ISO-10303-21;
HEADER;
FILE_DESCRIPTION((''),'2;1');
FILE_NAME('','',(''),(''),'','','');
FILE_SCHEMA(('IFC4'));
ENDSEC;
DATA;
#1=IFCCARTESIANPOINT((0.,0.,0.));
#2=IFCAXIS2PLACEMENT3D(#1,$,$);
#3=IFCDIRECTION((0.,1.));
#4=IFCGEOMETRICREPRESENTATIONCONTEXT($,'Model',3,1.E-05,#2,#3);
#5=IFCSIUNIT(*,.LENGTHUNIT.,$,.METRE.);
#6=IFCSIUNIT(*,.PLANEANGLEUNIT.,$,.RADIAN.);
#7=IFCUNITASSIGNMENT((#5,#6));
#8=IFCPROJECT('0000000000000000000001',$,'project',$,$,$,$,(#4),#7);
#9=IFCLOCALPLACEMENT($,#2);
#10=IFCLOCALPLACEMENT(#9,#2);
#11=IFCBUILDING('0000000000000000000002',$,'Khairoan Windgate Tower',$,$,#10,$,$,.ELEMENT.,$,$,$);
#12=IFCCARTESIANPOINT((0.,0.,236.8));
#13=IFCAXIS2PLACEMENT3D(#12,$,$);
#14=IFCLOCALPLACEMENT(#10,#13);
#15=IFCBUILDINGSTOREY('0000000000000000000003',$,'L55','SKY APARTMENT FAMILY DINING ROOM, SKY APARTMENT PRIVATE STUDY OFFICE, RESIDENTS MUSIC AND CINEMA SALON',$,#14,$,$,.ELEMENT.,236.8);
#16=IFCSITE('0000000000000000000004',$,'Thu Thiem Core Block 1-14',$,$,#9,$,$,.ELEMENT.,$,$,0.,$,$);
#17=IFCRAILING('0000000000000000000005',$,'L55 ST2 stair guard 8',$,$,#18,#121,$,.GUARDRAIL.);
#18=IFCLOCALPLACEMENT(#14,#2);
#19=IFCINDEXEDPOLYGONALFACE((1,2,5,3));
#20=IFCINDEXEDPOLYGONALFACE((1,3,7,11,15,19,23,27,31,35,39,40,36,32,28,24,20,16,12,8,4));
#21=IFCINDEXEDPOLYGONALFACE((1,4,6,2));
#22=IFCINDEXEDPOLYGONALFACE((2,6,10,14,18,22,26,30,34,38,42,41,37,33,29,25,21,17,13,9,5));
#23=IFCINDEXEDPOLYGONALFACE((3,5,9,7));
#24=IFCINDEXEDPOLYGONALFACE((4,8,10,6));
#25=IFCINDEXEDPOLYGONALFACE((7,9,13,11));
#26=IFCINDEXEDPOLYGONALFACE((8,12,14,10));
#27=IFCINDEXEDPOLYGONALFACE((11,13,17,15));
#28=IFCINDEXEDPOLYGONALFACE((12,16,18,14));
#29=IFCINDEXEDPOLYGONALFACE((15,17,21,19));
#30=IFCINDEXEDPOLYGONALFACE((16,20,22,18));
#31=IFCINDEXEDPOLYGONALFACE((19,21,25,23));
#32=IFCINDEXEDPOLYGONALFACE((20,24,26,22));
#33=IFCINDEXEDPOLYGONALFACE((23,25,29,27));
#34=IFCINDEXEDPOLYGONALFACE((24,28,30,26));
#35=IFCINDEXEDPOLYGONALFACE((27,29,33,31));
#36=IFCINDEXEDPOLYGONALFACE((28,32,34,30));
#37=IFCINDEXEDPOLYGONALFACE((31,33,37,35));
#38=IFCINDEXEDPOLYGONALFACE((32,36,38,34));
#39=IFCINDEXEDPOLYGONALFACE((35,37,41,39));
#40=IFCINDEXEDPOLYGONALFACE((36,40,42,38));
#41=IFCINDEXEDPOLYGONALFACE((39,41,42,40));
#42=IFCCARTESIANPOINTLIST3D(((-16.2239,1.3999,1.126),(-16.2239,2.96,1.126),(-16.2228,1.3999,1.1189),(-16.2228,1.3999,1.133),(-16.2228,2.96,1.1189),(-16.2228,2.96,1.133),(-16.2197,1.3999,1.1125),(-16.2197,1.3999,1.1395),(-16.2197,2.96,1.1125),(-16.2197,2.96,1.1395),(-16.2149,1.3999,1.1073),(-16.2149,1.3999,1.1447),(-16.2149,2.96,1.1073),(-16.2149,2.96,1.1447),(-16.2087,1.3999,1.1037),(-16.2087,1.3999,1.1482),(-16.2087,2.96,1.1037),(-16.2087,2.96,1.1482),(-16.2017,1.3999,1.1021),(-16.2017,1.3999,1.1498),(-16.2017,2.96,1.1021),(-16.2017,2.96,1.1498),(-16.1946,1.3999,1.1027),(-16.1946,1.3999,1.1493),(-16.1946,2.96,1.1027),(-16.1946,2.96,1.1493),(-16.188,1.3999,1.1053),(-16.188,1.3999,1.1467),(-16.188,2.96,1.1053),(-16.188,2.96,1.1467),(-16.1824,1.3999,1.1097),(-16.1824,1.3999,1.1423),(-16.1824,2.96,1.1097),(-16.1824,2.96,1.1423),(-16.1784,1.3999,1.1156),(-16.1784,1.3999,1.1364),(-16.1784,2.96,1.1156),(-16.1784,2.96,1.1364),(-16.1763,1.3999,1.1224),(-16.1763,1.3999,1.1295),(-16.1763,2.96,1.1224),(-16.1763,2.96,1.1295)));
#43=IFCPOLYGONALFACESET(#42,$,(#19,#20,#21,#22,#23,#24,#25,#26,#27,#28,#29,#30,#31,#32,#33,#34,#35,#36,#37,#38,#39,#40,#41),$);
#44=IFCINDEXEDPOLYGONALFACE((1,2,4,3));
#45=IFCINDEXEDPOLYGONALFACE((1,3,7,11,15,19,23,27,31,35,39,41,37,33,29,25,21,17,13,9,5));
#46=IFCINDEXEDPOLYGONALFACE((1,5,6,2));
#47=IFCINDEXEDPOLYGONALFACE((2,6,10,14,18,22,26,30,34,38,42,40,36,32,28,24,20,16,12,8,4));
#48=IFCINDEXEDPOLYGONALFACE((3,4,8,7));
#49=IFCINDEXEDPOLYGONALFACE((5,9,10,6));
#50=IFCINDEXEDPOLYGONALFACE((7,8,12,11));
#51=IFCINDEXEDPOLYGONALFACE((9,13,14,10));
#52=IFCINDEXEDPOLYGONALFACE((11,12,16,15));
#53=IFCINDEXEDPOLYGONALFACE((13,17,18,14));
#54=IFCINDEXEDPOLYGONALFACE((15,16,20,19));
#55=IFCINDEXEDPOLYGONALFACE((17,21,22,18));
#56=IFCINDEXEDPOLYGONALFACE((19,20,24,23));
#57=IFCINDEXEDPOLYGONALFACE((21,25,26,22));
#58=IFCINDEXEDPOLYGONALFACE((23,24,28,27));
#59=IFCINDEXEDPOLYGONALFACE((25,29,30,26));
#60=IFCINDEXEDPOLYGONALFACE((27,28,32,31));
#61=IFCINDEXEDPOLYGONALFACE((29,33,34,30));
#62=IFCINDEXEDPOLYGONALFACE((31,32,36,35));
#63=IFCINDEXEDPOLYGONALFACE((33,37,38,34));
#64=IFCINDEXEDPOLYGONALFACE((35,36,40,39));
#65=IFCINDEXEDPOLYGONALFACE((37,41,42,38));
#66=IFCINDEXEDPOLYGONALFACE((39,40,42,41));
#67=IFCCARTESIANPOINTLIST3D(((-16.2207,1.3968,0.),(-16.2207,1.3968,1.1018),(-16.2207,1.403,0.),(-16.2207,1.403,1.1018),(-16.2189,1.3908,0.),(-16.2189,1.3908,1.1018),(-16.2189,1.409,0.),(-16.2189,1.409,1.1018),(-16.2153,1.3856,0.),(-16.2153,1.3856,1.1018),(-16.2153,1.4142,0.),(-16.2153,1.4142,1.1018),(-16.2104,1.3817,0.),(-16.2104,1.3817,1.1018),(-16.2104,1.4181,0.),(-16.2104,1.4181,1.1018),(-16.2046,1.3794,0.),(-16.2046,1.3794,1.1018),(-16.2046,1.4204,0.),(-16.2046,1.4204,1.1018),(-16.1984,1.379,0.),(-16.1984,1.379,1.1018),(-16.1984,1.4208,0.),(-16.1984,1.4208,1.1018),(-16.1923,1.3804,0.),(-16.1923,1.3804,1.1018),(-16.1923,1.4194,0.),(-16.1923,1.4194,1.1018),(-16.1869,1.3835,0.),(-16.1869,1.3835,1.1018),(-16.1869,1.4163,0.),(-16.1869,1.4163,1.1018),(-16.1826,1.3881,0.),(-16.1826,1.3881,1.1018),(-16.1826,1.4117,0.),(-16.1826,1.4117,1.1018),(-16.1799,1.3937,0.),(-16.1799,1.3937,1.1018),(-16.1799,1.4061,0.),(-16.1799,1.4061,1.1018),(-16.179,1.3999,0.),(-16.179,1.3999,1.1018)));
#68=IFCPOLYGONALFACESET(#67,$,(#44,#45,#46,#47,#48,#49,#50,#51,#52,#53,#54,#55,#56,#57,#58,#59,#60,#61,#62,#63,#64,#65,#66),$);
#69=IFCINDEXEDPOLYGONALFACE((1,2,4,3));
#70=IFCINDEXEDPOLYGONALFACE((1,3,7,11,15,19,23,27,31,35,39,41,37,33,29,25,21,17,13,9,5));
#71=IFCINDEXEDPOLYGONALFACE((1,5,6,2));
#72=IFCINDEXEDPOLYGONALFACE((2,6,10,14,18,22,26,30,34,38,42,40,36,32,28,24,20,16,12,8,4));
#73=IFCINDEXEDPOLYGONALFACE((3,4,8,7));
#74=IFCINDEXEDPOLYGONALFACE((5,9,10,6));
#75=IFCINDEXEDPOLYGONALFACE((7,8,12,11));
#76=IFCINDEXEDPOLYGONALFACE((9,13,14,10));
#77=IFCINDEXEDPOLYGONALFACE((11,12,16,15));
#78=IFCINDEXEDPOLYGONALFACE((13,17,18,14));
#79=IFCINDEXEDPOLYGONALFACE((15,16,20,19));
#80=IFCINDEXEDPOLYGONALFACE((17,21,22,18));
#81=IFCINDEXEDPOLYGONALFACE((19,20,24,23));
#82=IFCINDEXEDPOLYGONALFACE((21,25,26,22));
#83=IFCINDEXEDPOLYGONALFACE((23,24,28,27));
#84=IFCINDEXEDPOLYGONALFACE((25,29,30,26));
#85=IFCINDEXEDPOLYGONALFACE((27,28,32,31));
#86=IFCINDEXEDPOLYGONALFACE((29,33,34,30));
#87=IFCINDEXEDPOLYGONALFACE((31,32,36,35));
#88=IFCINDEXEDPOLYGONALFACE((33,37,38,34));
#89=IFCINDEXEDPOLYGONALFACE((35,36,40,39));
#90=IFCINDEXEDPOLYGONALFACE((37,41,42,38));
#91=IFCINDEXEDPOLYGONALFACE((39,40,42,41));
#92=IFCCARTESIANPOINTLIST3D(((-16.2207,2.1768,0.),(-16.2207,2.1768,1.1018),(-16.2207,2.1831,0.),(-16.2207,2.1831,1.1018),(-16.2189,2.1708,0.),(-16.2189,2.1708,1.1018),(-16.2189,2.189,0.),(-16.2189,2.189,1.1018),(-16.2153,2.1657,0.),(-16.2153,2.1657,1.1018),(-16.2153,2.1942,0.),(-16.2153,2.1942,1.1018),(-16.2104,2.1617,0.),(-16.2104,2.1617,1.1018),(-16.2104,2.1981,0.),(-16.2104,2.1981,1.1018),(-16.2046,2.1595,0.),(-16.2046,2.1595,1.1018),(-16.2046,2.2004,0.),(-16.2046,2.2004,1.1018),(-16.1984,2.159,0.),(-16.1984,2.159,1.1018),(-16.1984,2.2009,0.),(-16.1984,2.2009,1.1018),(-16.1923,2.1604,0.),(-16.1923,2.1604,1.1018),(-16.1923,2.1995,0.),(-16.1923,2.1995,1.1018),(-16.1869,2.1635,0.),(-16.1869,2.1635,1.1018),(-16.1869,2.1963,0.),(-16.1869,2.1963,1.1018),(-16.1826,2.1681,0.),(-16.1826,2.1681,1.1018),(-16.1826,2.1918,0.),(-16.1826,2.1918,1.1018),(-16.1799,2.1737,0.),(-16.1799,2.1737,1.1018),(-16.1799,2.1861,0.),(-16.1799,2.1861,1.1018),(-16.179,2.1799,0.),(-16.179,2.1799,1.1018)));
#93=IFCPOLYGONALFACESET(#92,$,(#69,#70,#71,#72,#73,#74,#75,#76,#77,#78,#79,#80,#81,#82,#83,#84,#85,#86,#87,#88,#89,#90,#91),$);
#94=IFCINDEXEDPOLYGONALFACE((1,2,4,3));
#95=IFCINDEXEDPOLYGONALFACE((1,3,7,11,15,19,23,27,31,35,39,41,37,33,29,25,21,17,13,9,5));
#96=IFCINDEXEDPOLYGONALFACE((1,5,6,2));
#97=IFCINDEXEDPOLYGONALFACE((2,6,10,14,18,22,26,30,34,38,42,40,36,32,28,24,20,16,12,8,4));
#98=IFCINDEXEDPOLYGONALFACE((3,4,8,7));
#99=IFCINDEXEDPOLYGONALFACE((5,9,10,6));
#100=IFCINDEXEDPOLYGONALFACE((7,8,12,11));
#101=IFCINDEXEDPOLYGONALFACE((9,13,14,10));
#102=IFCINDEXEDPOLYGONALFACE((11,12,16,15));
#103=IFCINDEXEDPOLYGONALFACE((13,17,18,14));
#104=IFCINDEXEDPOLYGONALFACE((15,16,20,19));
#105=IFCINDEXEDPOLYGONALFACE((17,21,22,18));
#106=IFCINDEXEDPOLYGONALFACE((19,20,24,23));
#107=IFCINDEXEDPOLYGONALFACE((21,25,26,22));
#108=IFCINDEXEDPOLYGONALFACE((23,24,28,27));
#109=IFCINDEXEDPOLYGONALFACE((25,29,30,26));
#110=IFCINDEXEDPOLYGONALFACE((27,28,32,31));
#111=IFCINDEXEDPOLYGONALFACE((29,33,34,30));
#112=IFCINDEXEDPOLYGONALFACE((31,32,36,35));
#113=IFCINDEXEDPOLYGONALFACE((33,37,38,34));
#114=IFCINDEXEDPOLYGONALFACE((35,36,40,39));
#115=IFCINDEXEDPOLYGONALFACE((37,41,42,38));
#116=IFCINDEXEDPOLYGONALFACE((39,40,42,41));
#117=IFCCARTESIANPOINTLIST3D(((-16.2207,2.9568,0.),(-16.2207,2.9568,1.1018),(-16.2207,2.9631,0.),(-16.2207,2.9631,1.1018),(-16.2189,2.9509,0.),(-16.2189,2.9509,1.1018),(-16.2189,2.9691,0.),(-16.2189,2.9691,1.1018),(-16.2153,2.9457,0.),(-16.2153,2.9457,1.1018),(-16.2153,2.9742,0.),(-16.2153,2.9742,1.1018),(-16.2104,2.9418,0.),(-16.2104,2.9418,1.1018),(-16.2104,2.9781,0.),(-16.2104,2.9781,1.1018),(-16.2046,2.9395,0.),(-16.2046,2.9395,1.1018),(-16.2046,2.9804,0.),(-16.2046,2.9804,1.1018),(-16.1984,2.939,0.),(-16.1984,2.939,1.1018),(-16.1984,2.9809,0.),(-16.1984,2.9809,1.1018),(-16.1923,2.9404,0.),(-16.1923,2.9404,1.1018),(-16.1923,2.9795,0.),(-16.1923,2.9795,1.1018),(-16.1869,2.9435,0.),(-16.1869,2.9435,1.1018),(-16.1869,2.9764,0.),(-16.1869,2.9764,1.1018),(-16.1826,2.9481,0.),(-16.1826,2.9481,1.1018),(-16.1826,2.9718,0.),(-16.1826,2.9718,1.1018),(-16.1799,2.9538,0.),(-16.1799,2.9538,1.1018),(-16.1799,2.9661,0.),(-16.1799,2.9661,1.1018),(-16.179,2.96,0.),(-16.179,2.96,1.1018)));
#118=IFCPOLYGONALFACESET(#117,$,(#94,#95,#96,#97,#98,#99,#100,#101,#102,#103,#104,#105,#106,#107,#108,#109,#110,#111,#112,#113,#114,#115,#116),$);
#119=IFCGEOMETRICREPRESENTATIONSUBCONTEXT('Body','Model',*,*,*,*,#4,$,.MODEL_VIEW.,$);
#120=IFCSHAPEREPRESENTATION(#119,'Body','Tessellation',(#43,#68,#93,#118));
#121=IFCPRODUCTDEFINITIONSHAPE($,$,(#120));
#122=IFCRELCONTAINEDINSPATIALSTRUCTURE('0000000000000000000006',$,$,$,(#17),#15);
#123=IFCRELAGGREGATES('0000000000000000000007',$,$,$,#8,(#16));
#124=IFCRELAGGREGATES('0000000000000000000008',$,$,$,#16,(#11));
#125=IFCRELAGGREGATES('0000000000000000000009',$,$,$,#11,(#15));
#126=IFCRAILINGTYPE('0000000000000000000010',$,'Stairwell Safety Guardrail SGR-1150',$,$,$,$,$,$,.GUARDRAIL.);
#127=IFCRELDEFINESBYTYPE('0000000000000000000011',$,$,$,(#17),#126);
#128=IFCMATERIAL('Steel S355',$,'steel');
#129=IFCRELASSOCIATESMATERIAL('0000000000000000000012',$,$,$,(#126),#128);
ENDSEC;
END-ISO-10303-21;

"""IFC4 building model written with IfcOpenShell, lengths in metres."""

from ifc_helpers import new_model, si_unit, direction, frame, origin, origin_2d, place, context, subcontext, project, spatial, circle, extrude, material, type_object, element, save


model = new_model("IFC4")

# Units and contexts
model_context = context("Model", 3, precision=1e-05, world=origin(), true_north=direction((0.0, 1.0)))
body_context = subcontext(model_context, "Body", "Model", "MODEL_VIEW")
ifc_project = project(units=[si_unit("LENGTHUNIT", "METRE"), si_unit("PLANEANGLEUNIT", "RADIAN")], contexts=[model_context])

# Site, building, storey
site_placement = place(None, origin())
site = spatial("IfcSite", under=ifc_project, at=site_placement, Name="Thu Thiem Core Block 1-14", CompositionType="ELEMENT", RefElevation=0.0)
building_placement = place(site_placement, origin())
building = spatial("IfcBuilding", under=site, at=building_placement, Name="Khairoan Windgate Tower", CompositionType="ELEMENT")
storey_placement = place(building_placement, frame((0.0, 0.0, 236.8)))
storey = spatial("IfcBuildingStorey", under=building, at=storey_placement, Name="L55", Description="SKY APARTMENT FAMILY DINING ROOM, SKY APARTMENT PRIVATE STUDY OFFICE, RESIDENTS MUSIC AND CINEMA SALON", CompositionType="ELEMENT", Elevation=236.8)

# Railing
ifc_material_1 = material(Name="Steel S355", Category="steel")
railing_type_1 = type_object("IfcRailingType", Name="Stairwell Safety Guardrail SGR-1150", PredefinedType="GUARDRAIL", material=ifc_material_1)
railing_1_placement = place(storey_placement, frame((-16.2, 1.3999, 0.0)))
element("IfcRailing", 1, at=railing_1_placement, inside=storey, type_object=railing_type_1, Name="L55 ST2 stair guard 8", PredefinedType="GUARDRAIL", context=body_context, shape_type="SweptSolid", body=[
    extrude(circle(Radius=0.0239, at=origin_2d()), frame((0.0, 0.0, 1.126), z_axis=(0.0, 1.0, 0.0), x_axis=(-1.0, 0.0, 0.0)), (0.0, 0.0, 1.0), 1.5601),
    extrude(circle(Radius=0.021, at=origin_2d()), origin(), (0.0, 0.0, 1.0), 1.1018),
    extrude(circle(Radius=0.021, at=origin_2d()), frame((0.0, 0.78, 0.0)), (0.0, 0.0, 1.0), 1.1018),
    extrude(circle(Radius=0.021, at=origin_2d()), frame((0.0, 1.5601, 0.0)), (0.0, 0.0, 1.0), 1.1018),
])

save(model, "model.ifc")
